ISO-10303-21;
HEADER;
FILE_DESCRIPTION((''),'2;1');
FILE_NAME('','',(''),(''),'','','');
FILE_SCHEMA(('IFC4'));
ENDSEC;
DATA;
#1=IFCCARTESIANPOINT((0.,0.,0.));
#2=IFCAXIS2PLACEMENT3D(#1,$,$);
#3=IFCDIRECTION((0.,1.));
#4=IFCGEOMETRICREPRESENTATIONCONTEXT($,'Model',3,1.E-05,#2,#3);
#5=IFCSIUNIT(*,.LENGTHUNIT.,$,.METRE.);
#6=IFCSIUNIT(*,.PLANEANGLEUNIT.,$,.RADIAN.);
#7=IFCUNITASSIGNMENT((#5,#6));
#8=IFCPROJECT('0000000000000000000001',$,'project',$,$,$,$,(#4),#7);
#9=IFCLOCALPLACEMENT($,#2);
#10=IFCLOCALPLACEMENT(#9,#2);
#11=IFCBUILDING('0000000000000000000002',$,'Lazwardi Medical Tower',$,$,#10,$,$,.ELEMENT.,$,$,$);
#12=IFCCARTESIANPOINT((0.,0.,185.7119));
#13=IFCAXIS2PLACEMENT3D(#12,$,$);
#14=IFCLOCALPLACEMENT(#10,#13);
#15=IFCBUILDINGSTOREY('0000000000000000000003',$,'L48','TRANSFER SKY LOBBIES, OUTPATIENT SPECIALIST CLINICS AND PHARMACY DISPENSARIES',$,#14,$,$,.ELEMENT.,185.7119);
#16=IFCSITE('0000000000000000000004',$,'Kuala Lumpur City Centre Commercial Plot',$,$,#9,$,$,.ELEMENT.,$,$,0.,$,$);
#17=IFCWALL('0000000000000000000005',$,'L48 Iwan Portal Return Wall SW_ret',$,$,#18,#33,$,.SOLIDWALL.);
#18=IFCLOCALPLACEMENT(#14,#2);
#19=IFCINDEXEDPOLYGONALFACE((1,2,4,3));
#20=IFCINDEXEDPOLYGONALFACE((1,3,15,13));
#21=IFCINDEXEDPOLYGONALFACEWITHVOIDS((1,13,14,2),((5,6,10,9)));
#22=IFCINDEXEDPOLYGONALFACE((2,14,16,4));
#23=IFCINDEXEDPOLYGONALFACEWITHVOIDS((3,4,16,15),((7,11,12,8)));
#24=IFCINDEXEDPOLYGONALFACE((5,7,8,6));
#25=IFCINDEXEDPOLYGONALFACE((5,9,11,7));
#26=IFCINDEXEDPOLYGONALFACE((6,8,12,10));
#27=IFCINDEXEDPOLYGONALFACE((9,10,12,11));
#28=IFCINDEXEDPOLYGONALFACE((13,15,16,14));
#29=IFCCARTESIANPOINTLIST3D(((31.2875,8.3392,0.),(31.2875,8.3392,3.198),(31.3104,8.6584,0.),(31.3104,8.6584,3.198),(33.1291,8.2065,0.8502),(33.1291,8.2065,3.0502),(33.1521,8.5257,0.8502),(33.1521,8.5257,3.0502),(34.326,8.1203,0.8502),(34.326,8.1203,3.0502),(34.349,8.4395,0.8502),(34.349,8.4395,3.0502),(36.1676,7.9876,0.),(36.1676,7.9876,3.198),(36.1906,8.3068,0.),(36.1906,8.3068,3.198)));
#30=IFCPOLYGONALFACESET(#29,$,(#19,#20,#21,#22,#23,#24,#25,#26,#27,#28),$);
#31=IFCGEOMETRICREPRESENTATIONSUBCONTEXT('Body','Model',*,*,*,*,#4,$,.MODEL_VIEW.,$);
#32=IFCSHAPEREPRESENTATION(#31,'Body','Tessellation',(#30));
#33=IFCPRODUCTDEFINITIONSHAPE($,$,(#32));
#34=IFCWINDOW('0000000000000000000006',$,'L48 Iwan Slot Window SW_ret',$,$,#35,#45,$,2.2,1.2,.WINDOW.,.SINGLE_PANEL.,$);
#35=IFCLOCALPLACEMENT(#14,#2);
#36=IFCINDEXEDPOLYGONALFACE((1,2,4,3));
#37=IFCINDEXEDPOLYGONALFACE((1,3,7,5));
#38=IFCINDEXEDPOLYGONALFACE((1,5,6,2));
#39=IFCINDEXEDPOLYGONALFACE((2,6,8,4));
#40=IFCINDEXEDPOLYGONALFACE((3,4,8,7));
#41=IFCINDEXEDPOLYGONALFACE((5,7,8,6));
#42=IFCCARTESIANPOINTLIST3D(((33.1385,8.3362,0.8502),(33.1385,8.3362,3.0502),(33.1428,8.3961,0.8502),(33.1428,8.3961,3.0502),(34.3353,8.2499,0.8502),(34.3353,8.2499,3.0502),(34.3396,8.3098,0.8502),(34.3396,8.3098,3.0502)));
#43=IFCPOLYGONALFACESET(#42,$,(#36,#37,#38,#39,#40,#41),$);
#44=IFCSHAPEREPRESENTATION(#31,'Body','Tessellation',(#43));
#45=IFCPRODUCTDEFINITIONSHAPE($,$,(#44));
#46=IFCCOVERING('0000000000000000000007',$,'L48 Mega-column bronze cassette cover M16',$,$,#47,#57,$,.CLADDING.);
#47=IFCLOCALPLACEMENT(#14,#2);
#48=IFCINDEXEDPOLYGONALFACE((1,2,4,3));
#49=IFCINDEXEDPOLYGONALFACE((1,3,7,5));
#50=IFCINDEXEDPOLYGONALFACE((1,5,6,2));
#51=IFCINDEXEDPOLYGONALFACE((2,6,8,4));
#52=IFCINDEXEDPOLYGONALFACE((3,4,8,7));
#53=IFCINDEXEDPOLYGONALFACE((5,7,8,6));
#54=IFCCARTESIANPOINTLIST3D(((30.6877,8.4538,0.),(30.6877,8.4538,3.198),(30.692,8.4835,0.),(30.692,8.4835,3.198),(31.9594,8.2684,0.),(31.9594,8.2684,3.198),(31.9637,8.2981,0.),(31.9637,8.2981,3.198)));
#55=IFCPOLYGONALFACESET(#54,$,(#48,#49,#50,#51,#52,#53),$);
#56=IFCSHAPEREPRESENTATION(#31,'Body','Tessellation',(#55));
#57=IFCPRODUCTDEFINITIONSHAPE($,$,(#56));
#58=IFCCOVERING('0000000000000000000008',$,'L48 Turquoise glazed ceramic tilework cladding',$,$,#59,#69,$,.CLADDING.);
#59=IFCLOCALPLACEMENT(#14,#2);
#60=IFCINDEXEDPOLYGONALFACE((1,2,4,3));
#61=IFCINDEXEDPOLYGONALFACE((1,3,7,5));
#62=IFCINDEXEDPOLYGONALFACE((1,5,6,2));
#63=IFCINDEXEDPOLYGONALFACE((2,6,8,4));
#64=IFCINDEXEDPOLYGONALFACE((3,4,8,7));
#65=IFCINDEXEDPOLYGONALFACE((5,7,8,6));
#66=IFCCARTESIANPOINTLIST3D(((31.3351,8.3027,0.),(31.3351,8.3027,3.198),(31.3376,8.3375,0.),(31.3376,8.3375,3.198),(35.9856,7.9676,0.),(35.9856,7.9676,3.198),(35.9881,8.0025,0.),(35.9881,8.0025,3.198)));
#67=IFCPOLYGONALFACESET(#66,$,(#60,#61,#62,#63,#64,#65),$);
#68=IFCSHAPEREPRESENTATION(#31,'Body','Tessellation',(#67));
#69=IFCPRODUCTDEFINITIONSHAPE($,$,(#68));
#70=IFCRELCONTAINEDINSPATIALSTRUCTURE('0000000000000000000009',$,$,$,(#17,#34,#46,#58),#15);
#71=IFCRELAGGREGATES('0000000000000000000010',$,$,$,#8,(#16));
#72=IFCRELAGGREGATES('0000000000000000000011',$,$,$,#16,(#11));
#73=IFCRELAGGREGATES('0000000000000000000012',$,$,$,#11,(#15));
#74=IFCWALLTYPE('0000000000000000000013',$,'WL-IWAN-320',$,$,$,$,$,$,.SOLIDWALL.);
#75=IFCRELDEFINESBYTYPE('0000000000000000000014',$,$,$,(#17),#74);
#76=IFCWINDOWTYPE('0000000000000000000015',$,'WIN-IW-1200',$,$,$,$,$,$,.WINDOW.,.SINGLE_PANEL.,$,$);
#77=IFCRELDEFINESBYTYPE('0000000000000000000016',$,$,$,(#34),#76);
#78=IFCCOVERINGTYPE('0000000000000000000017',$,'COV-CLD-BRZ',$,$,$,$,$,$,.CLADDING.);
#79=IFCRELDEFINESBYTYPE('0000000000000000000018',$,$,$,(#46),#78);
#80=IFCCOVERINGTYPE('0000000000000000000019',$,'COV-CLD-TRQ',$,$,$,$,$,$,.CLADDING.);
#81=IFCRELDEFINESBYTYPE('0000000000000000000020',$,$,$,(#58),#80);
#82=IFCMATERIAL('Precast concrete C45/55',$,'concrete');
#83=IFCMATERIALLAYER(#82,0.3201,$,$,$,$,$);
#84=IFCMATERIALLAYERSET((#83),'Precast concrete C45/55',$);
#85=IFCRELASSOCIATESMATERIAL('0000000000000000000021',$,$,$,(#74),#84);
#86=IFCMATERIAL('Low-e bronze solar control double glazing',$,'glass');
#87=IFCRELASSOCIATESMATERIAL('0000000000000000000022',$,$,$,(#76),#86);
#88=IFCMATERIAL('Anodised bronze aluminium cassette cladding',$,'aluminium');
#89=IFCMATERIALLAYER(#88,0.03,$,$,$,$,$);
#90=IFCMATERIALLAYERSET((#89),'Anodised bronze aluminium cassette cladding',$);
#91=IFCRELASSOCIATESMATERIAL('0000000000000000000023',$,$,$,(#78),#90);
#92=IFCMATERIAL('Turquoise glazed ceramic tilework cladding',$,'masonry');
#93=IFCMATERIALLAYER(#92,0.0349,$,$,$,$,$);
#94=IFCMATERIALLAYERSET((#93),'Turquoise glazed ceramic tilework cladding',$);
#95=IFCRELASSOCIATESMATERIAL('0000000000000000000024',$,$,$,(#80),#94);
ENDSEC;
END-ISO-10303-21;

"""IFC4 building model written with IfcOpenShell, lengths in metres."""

from ifc_helpers import new_model, si_unit, direction, frame, frame_2d, origin, origin_2d, place, context, subcontext, project, spatial, rectangle, extrude, material, layer, layer_set, type_object, element, fill, save


model = new_model("IFC4")

# Units and contexts
model_context = context("Model", 3, precision=1e-05, world=origin(), true_north=direction((0.0, 1.0)))
body_context = subcontext(model_context, "Body", "Model", "MODEL_VIEW")
ifc_project = project(units=[si_unit("LENGTHUNIT", "METRE"), si_unit("PLANEANGLEUNIT", "RADIAN")], contexts=[model_context])

# Site, building, storey
site_placement = place(None, origin())
site = spatial("IfcSite", under=ifc_project, at=site_placement, Name="Kuala Lumpur City Centre Commercial Plot", CompositionType="ELEMENT", RefElevation=0.0)
building_placement = place(site_placement, origin())
building = spatial("IfcBuilding", under=site, at=building_placement, Name="Lazwardi Medical Tower", CompositionType="ELEMENT")
storey_placement = place(building_placement, frame((0.0, 0.0, 185.7119)))
storey = spatial("IfcBuildingStorey", under=building, at=storey_placement, Name="L48", Description="TRANSFER SKY LOBBIES, OUTPATIENT SPECIALIST CLINICS AND PHARMACY DISPENSARIES", CompositionType="ELEMENT", Elevation=185.7119)

# Shared definitions
ifc_material_1 = material(Name="Low-e bronze solar control double glazing", Category="glass")

# Wall, opening, window
ifc_material_2 = material(Name="Precast concrete C45/55", Category="concrete")
ifc_layer_1 = layer(ifc_material_2, 0.3201)
ifc_layer_set_1 = layer_set([ifc_layer_1], Name="Precast concrete C45/55")
wall_type = type_object("IfcWallType", Name="WL-IWAN-320", PredefinedType="SOLIDWALL", material=ifc_layer_set_1)
wall_placement = place(storey_placement, frame((31.2991, 8.4988, 0.0), z_axis=(0.0, 0.0, 1.0), x_axis=(0.997415, -0.071853, 0.0)))
wall = element("IfcWall", 1, at=wall_placement, inside=storey, type_object=wall_type, Name="L48 Iwan Portal Return Wall SW_ret", PredefinedType="SOLIDWALL", context=body_context, shape_type="SweptSolid", body=[
    extrude(rectangle(XDim=4.8928, YDim=0.3201, at=frame_2d((2.4463, 0.0))), origin(), (0.0, 0.0, 1.0), 3.198),
])
opening_placement = place(wall_placement, frame((1.8462, 0.0, 0.8501)))
opening = element("IfcOpeningElement", 2, at=opening_placement, cuts=wall, PredefinedType="OPENING", context=body_context, shape_type="SweptSolid", body=[
    extrude(rectangle(XDim=1.2, YDim=2.2, at=frame_2d((0.6001, 1.1001))), frame((0.0, 0.1699, 0.0), z_axis=(0.0, -1.0, 0.0), x_axis=(1.0, 0.0, 0.0)), (0.0, 0.0, 1.0), 0.3401),
])
window_type = type_object("IfcWindowType", Name="WIN-IW-1200", PartitioningType="SINGLE_PANEL", PredefinedType="WINDOW", material=ifc_material_1)
window_placement = place(opening_placement, origin())
window = element("IfcWindow", 3, at=window_placement, inside=storey, type_object=window_type, Name="L48 Iwan Slot Window SW_ret", OverallHeight=2.2, OverallWidth=1.2, PartitioningType="SINGLE_PANEL", PredefinedType="WINDOW", context=body_context, shape_type="SweptSolid", body=[
    extrude(rectangle(XDim=1.2, YDim=2.2, at=frame_2d((0.6001, 1.1001))), frame((0.0, 0.03, 0.0), z_axis=(0.0, -1.0, 0.0), x_axis=(1.0, 0.0, 0.0)), (0.0, 0.0, 1.0), 0.0601),
])
fill(opening, window)

# Coverings
ifc_material_3 = material(Name="Anodised bronze aluminium cassette cladding", Category="aluminium")
ifc_layer_2 = layer(ifc_material_3, 0.03)
ifc_layer_set_2 = layer_set([ifc_layer_2], Name="Anodised bronze aluminium cassette cladding")
covering_type_1 = type_object("IfcCoveringType", Name="COV-CLD-BRZ", PredefinedType="CLADDING", material=ifc_layer_set_2)
covering_1_placement = place(storey_placement, frame((31.3257, 8.376, 0.0), z_axis=(0.0, 0.0, 1.0), x_axis=(0.989539, -0.144265, 0.0)))
element("IfcCovering", 4, at=covering_1_placement, inside=storey, type_object=covering_type_1, Name="L48 Mega-column bronze cassette cover M16", PredefinedType="CLADDING", context=body_context, shape_type="SweptSolid", body=[
    extrude(rectangle(XDim=1.2852, YDim=0.03, at=origin_2d()), origin(), (0.0, 0.0, 1.0), 3.198),
])
ifc_material_4 = material(Name="Turquoise glazed ceramic tilework cladding", Category="masonry")
ifc_layer_3 = layer(ifc_material_4, 0.0349)
ifc_layer_set_3 = layer_set([ifc_layer_3], Name="Turquoise glazed ceramic tilework cladding")
covering_type_2 = type_object("IfcCoveringType", Name="COV-CLD-TRQ", PredefinedType="CLADDING", material=ifc_layer_set_3)
covering_2_placement = place(storey_placement, frame((33.6616, 8.1526, 0.0), z_axis=(0.0, 0.0, 1.0), x_axis=(0.997414, -0.071868, 0.0)))
element("IfcCovering", 5, at=covering_2_placement, inside=storey, type_object=covering_type_2, Name="L48 Turquoise glazed ceramic tilework cladding", PredefinedType="CLADDING", context=body_context, shape_type="SweptSolid", body=[
    extrude(rectangle(XDim=4.6626, YDim=0.0349, at=origin_2d()), origin(), (0.0, 0.0, 1.0), 3.198),
])

save(model, "model.ifc")
